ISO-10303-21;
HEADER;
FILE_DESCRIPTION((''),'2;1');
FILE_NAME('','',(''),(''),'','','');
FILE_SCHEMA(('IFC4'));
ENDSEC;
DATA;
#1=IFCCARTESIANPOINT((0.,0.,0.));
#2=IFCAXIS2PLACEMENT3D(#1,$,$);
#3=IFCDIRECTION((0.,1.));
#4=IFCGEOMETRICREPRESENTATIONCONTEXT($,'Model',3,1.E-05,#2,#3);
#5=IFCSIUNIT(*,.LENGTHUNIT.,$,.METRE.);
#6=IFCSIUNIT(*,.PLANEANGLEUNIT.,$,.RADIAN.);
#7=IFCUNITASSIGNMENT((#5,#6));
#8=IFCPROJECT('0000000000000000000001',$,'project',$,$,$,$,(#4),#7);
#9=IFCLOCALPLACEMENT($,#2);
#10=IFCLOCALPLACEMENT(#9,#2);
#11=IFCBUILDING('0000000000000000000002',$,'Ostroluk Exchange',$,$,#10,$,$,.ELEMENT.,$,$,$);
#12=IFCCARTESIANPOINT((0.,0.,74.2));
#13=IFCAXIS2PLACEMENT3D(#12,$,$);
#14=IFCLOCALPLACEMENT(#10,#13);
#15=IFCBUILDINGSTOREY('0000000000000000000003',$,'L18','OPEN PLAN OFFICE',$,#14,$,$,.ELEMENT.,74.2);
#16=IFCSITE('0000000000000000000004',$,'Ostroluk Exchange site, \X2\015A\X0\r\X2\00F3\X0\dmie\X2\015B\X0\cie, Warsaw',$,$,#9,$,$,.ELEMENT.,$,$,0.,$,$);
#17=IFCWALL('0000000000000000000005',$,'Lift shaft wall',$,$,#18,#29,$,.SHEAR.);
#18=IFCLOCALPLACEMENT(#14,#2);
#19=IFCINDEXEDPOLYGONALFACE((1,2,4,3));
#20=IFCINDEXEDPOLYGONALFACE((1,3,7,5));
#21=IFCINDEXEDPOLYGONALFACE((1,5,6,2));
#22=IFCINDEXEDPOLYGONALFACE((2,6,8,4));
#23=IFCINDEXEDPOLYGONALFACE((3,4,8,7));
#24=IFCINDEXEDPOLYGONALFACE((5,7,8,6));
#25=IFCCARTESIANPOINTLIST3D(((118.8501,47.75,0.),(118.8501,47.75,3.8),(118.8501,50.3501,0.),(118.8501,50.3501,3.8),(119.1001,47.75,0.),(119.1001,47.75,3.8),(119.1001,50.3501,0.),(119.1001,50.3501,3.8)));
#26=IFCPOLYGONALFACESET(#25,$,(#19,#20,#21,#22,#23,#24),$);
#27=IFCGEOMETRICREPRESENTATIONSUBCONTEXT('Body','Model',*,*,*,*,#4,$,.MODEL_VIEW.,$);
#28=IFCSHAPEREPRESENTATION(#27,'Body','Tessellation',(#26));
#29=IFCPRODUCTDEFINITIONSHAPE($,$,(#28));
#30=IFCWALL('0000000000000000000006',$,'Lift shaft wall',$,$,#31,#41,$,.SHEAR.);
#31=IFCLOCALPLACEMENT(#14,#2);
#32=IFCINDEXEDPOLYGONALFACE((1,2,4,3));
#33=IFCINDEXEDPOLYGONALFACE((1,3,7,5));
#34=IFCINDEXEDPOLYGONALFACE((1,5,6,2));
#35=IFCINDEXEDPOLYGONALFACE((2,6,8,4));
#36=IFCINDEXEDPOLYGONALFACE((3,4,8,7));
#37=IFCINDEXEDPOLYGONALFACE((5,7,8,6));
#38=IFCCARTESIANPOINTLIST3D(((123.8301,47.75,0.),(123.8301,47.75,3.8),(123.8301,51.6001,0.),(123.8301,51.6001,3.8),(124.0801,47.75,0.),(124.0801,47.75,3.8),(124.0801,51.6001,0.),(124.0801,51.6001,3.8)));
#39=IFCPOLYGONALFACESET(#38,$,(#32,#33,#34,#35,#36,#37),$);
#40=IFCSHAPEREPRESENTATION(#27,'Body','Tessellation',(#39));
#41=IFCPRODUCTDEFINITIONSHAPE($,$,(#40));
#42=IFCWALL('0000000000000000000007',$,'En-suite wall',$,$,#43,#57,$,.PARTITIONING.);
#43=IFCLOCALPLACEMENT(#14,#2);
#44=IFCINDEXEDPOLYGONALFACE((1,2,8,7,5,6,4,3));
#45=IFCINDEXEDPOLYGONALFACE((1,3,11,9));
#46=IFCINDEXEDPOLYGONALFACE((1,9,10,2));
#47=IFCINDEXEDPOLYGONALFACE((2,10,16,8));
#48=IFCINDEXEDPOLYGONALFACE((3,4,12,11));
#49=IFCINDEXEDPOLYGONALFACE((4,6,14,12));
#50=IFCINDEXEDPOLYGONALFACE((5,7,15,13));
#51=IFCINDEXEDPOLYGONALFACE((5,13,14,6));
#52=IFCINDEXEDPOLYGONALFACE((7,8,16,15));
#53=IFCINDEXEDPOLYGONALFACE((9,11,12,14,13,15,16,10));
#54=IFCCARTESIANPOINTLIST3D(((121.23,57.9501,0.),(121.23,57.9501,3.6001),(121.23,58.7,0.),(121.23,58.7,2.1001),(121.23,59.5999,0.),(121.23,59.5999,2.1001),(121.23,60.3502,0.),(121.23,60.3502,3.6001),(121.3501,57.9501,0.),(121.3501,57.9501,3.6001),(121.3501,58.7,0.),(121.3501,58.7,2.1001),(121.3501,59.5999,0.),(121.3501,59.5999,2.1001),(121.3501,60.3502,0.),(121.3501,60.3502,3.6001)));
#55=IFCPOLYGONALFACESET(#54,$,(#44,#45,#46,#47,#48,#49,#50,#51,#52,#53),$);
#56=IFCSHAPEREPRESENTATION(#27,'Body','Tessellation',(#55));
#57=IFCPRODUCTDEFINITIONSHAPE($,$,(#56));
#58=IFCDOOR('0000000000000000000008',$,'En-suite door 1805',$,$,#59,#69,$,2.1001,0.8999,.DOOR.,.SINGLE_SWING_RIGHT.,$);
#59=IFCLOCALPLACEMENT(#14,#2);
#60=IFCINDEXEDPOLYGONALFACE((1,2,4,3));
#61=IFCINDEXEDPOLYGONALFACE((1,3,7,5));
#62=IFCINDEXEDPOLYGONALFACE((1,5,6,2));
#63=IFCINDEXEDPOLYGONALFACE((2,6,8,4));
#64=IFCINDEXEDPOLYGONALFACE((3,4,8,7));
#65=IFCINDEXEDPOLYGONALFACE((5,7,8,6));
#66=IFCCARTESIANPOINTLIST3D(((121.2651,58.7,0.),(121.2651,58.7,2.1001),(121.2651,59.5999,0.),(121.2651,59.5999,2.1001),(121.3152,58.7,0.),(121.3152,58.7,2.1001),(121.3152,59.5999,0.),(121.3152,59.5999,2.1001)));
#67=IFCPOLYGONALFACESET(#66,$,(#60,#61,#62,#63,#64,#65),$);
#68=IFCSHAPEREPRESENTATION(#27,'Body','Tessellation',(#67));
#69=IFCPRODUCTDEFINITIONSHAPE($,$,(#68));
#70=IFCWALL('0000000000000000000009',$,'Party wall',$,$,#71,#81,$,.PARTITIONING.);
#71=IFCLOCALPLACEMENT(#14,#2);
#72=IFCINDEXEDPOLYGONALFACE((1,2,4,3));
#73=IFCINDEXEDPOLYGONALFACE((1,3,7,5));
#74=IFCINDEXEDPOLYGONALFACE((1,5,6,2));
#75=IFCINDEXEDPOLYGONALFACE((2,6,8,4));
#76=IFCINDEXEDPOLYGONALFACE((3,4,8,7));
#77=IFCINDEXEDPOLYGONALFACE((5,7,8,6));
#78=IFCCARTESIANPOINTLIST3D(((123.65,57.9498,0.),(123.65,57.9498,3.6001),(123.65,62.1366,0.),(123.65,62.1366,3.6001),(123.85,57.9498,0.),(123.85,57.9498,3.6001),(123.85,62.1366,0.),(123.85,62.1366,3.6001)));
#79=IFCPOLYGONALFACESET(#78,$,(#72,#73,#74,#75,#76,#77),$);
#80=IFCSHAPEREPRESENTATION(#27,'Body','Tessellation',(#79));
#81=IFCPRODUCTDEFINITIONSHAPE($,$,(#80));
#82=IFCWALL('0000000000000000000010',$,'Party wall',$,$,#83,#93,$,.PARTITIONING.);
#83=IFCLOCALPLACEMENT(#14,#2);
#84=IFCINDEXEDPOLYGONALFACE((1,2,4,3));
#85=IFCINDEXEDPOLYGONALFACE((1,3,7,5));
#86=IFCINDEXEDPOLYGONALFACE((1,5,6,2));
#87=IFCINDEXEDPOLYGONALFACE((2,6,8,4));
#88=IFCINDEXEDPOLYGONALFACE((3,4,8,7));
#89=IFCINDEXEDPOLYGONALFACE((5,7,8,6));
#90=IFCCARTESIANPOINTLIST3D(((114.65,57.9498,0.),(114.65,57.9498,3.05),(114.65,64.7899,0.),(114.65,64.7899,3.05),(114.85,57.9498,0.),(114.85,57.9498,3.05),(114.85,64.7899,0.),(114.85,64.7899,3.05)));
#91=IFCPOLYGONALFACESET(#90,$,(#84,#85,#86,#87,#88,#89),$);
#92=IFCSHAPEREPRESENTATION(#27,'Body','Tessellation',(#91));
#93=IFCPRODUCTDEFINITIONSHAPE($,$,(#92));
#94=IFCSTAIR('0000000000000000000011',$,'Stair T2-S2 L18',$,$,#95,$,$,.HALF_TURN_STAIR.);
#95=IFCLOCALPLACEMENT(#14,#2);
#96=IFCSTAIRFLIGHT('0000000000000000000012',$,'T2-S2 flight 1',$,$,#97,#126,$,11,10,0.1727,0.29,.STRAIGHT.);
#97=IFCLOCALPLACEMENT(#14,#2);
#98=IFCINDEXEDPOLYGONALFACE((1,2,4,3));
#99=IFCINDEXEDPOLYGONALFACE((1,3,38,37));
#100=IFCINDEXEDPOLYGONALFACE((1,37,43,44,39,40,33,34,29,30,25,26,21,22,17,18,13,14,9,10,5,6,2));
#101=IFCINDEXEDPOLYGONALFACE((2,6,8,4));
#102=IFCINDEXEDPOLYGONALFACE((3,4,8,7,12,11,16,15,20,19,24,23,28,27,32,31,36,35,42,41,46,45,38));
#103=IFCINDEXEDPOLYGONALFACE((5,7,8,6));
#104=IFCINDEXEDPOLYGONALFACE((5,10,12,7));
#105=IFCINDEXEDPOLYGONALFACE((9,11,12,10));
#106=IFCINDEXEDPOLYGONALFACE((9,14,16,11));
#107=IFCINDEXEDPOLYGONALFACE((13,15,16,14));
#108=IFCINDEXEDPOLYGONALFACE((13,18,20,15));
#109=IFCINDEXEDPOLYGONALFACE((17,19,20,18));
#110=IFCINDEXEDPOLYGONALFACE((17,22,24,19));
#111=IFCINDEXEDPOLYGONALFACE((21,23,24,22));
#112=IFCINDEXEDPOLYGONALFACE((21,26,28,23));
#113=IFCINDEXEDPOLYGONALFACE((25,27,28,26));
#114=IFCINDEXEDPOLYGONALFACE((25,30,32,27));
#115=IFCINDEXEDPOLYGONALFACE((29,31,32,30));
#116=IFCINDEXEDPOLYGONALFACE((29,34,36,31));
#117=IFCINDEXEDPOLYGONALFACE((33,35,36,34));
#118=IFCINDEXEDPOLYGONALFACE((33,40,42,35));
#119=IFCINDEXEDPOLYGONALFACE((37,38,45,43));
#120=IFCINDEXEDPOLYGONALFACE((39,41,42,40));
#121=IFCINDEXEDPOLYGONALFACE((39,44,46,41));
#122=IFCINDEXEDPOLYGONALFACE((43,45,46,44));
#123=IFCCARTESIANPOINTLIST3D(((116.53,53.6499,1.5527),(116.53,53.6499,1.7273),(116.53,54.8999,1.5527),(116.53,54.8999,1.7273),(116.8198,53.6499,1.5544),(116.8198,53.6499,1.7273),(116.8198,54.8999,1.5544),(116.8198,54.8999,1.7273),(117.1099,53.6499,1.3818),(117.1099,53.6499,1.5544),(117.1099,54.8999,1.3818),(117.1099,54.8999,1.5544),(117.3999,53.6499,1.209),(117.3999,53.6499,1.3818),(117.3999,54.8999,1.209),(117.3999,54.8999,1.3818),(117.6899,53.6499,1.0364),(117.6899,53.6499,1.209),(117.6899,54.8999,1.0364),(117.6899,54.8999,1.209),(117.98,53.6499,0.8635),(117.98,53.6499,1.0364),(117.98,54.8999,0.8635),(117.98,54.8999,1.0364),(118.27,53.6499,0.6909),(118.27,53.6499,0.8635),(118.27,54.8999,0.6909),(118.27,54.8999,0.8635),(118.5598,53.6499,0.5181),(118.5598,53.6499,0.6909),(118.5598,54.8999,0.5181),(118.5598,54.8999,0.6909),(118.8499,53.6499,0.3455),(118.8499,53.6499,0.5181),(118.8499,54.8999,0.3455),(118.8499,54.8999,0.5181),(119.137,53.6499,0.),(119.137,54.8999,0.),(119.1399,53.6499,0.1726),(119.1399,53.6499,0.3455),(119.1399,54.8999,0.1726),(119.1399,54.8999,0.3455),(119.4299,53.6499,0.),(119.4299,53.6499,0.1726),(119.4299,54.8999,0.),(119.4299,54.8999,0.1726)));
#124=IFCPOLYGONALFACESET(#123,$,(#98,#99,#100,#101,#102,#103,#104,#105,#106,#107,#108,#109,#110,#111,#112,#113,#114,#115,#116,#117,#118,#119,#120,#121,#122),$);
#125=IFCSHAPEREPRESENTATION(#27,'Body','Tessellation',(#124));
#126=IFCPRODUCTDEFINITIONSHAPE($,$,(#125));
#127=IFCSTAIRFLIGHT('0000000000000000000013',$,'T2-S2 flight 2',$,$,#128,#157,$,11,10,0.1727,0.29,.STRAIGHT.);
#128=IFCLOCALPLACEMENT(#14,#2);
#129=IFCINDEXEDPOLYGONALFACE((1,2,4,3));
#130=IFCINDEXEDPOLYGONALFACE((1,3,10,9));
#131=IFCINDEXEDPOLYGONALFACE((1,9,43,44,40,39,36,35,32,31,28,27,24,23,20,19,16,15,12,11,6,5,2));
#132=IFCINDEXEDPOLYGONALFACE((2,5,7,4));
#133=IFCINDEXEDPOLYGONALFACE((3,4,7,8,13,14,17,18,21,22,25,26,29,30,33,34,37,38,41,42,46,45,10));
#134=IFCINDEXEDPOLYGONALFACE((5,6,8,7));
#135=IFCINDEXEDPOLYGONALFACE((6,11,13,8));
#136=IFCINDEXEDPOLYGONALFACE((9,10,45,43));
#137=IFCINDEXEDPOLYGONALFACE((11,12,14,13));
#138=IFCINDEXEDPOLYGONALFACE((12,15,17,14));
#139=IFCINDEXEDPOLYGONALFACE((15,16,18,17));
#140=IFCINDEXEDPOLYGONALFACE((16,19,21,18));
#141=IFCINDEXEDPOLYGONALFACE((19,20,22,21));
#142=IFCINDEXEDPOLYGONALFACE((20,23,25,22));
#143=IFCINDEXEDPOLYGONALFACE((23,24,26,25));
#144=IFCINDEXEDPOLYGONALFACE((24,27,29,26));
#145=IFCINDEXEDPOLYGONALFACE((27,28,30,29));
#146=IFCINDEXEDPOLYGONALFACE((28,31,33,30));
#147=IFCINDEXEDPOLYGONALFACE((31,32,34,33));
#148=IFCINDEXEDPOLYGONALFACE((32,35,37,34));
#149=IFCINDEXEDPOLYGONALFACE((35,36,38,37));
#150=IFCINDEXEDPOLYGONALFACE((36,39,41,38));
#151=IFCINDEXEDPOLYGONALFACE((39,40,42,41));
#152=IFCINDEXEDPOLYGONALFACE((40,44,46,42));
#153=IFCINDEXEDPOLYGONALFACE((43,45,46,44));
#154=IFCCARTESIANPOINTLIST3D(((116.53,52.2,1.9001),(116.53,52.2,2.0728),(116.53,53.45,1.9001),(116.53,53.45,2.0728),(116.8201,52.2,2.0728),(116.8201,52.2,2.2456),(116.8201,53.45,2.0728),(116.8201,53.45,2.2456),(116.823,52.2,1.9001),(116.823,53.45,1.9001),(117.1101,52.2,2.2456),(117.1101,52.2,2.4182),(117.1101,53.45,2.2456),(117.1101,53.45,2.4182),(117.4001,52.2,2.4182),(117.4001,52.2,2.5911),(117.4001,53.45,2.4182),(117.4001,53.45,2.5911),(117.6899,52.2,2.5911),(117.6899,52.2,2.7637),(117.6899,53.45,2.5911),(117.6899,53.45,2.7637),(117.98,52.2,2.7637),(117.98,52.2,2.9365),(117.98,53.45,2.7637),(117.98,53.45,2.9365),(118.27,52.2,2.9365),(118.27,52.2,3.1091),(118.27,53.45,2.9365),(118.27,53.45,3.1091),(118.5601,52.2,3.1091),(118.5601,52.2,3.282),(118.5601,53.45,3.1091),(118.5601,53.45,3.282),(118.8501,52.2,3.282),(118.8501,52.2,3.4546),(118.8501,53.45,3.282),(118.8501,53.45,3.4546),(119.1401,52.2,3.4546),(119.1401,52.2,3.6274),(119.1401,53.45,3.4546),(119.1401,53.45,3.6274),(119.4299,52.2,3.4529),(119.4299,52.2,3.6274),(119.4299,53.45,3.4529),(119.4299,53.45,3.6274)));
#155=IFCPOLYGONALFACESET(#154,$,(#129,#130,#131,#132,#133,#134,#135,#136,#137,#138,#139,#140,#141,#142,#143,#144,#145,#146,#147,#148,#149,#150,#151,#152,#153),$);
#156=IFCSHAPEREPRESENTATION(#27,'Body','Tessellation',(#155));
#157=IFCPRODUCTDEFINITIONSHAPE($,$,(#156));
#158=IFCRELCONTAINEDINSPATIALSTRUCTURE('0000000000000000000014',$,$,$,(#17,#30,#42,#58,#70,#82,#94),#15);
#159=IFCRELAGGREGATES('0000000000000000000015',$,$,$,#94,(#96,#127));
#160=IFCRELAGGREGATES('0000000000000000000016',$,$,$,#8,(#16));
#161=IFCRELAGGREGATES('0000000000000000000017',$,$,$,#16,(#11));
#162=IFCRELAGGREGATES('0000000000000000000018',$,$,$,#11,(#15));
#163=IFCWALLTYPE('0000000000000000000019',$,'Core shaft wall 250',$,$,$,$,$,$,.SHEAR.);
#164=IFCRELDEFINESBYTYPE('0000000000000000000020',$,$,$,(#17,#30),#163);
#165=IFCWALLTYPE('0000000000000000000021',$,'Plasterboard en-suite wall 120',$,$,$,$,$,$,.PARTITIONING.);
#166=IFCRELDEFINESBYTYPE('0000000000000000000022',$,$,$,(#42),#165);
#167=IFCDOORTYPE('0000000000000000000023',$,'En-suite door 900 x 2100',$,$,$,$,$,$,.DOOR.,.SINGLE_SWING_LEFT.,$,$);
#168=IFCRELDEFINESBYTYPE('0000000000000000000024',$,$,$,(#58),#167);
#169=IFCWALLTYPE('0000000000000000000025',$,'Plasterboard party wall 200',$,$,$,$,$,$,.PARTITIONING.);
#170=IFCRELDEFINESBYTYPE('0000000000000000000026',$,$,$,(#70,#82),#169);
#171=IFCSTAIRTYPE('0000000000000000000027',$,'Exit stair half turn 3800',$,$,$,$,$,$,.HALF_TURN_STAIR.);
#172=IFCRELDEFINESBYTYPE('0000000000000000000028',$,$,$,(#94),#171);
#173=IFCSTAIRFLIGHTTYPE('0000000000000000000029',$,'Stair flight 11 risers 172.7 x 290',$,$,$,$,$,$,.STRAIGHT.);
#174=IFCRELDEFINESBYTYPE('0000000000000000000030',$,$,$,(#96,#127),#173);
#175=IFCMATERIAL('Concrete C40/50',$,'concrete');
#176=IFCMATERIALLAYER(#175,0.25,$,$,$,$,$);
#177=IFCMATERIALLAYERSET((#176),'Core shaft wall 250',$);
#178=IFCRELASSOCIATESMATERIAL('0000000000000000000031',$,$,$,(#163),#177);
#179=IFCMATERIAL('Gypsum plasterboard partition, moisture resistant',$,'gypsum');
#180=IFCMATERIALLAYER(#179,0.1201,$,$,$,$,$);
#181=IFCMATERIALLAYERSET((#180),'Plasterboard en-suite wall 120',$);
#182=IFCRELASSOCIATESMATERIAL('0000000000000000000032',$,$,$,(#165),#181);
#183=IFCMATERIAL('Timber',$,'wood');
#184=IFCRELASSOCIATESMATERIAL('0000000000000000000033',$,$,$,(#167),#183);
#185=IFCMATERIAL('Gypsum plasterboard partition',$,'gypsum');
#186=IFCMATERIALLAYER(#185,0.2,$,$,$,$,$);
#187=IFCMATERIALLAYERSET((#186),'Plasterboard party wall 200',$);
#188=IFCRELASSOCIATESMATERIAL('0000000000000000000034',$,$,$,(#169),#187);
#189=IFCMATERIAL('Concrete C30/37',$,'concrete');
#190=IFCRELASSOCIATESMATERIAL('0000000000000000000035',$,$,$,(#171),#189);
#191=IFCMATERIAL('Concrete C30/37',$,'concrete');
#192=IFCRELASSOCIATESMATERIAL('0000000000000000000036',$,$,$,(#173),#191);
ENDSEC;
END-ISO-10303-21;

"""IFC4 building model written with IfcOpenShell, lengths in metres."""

from ifc_helpers import new_model, si_unit, direction, frame, frame_2d, origin, place, context, subcontext, project, spatial, polyline, rectangle, outline, extrude, material, layer, layer_set, type_object, element, fill, aggregate, save


model = new_model("IFC4")

# Units and contexts
model_context = context("Model", 3, precision=1e-05, world=origin(), true_north=direction((0.0, 1.0)))
body_context = subcontext(model_context, "Body", "Model", "MODEL_VIEW")
ifc_project = project(units=[si_unit("LENGTHUNIT", "METRE"), si_unit("PLANEANGLEUNIT", "RADIAN")], contexts=[model_context])

# Site, building, storey
site_placement = place(None, origin())
site = spatial("IfcSite", under=ifc_project, at=site_placement, Name="Ostroluk Exchange site, Śródmieście, Warsaw", CompositionType="ELEMENT", RefElevation=0.0)
building_placement = place(site_placement, origin())
building = spatial("IfcBuilding", under=site, at=building_placement, Name="Ostroluk Exchange", CompositionType="ELEMENT")
storey_placement = place(building_placement, frame((0.0, 0.0, 74.2)))
storey = spatial("IfcBuildingStorey", under=building, at=storey_placement, Name="L18", Description="OPEN PLAN OFFICE", CompositionType="ELEMENT", Elevation=74.2)

# Shared definitions
ifc_material_1 = material(Name="Concrete C40/50", Category="concrete")
ifc_layer_1 = layer(ifc_material_1, 0.25)
ifc_layer_set_1 = layer_set([ifc_layer_1], Name="Core shaft wall 250")
wall_type_1 = type_object("IfcWallType", Name="Core shaft wall 250", PredefinedType="SHEAR", material=ifc_layer_set_1)

# Walls
for number, where, z_axis, x_axis, name in (
    (1, (118.9751, 47.75, 0.0), (0.0, 0.0, 1.0), (0.0, 1.0, 0.0), "Lift shaft wall"),
):
    element("IfcWall", number, at=place(storey_placement, frame(where, z_axis=z_axis, x_axis=x_axis)), inside=storey, type_object=wall_type_1, Name=name, PredefinedType="SHEAR", context=body_context, shape_type="SweptSolid", body=[
        extrude(rectangle(XDim=2.6001, YDim=0.25, at=frame_2d((1.3, 0.0))), origin(), (0.0, 0.0, 1.0), 3.8),
    ])
wall_1_placement = place(storey_placement, frame((123.9551, 47.75, 0.0), z_axis=(0.0, 0.0, 1.0), x_axis=(0.0, 1.0, 0.0)))
element("IfcWall", 2, at=wall_1_placement, inside=storey, type_object=wall_type_1, Name="Lift shaft wall", PredefinedType="SHEAR", context=body_context, shape_type="SweptSolid", body=[
    extrude(rectangle(XDim=3.8501, YDim=0.25, at=frame_2d((1.925, 0.0))), origin(), (0.0, 0.0, 1.0), 3.8),
])

# Wall, opening, door
ifc_material_2 = material(Name="Gypsum plasterboard partition, moisture resistant", Category="gypsum")
ifc_layer_2 = layer(ifc_material_2, 0.1201)
ifc_layer_set_2 = layer_set([ifc_layer_2], Name="Plasterboard en-suite wall 120")
wall_type_2 = type_object("IfcWallType", Name="Plasterboard en-suite wall 120", PredefinedType="PARTITIONING", material=ifc_layer_set_2)
wall_2_placement = place(storey_placement, frame((121.29, 57.95, 0.0), z_axis=(0.0, 0.0, 1.0), x_axis=(0.0, 1.0, 0.0)))
wall_2 = element("IfcWall", 3, at=wall_2_placement, inside=storey, type_object=wall_type_2, Name="En-suite wall", PredefinedType="PARTITIONING", context=body_context, shape_type="SweptSolid", body=[
    extrude(rectangle(XDim=2.4001, YDim=0.1201, at=frame_2d((1.2002, 0.0))), origin(), (0.0, 0.0, 1.0), 3.6001),
])
opening_1_placement = place(wall_2_placement, frame((0.75, 0.0, 0.0)))
opening_1 = element("IfcOpeningElement", 4, at=opening_1_placement, cuts=wall_2, PredefinedType="OPENING", context=body_context, shape_type="SweptSolid", body=[
    extrude(rectangle(XDim=0.8999, YDim=2.1001, at=frame_2d((0.45, 1.05))), frame((0.0, 0.0701, 0.0), z_axis=(0.0, -1.0, 0.0), x_axis=(1.0, 0.0, 0.0)), (0.0, 0.0, 1.0), 0.1401),
])
ifc_material_3 = material(Name="Timber", Category="wood")
door_type_1 = type_object("IfcDoorType", Name="En-suite door 900 x 2100", OperationType="SINGLE_SWING_LEFT", PredefinedType="DOOR", material=ifc_material_3)
door_1_placement = place(opening_1_placement, origin())
door_1 = element("IfcDoor", 5, at=door_1_placement, inside=storey, type_object=door_type_1, Name="En-suite door 1805", OperationType="SINGLE_SWING_RIGHT", OverallHeight=2.1001, OverallWidth=0.8999, PredefinedType="DOOR", context=body_context, shape_type="SweptSolid", body=[
    extrude(rectangle(XDim=0.8999, YDim=2.1001, at=frame_2d((0.45, 1.05))), frame((0.0, 0.0249, 0.0), z_axis=(0.0, -1.0, 0.0), x_axis=(1.0, 0.0, 0.0)), (0.0, 0.0, 1.0), 0.05),
])
fill(opening_1, door_1)

# Walls
ifc_material_4 = material(Name="Gypsum plasterboard partition", Category="gypsum")
ifc_layer_3 = layer(ifc_material_4, 0.2)
ifc_layer_set_3 = layer_set([ifc_layer_3], Name="Plasterboard party wall 200")
wall_type_3 = type_object("IfcWallType", Name="Plasterboard party wall 200", PredefinedType="PARTITIONING", material=ifc_layer_set_3)
wall_3_placement = place(storey_placement, frame((123.75, 57.95, 0.0), z_axis=(0.0, 0.0, 1.0), x_axis=(0.0, 1.0, 0.0)))
element("IfcWall", 6, at=wall_3_placement, inside=storey, type_object=wall_type_3, Name="Party wall", PredefinedType="PARTITIONING", context=body_context, shape_type="SweptSolid", body=[
    extrude(rectangle(XDim=4.1868, YDim=0.2, at=frame_2d((2.0933, 0.0))), origin(), (0.0, 0.0, 1.0), 3.6001),
])
wall_4_placement = place(storey_placement, frame((114.75, 57.95, 0.0), z_axis=(0.0, 0.0, 1.0), x_axis=(0.0, 1.0, 0.0)))
element("IfcWall", 7, at=wall_4_placement, inside=storey, type_object=wall_type_3, Name="Party wall", PredefinedType="PARTITIONING", context=body_context, shape_type="SweptSolid", body=[
    extrude(rectangle(XDim=6.8401, YDim=0.2, at=frame_2d((3.4199, 0.0))), origin(), (0.0, 0.0, 1.0), 3.05),
])

# Stair, stair flights
ifc_material_5 = material(Name="Concrete C30/37", Category="concrete")
stair_type = type_object("IfcStairType", Name="Exit stair half turn 3800", PredefinedType="HALF_TURN_STAIR", material=ifc_material_5)
stair_placement = place(storey_placement, origin())
stair = element("IfcStair", 8, at=stair_placement, inside=storey, type_object=stair_type, Name="Stair T2-S2 L18", PredefinedType="HALF_TURN_STAIR")
ifc_material_6 = material(Name="Concrete C30/37", Category="concrete")
stair_flight_type = type_object("IfcStairFlightType", Name="Stair flight 11 risers 172.7 x 290", PredefinedType="STRAIGHT", material=ifc_material_6)
stair_flight_1_placement = place(storey_placement, frame((119.4299, 54.2749, 0.0), z_axis=(0.0, 0.0, 1.0), x_axis=(-1.0, 0.0, 0.0)))
stair_flight_1 = element("IfcStairFlight", 9, at=stair_flight_1_placement, type_object=stair_flight_type, Name="T2-S2 flight 1", NumberOfRisers=11, NumberOfTreads=10, PredefinedType="STRAIGHT", RiserHeight=0.1727, TreadLength=0.29, context=body_context, shape_type="SweptSolid", body=[
    extrude(outline(polyline([(0.0, 0.0), (0.0, 0.1726), (0.29, 0.1726), (0.29, 0.3455), (0.5801, 0.3455), (0.5801, 0.5181), (0.8701, 0.5181), (0.8701, 0.6909), (1.1599, 0.6909), (1.1599, 0.8635), (1.45, 0.8635), (1.45, 1.0364), (1.74, 1.0364), (1.74, 1.209), (2.03, 1.209), (2.03, 1.3818), (2.3201, 1.3818), (2.3201, 1.5544), (2.6101, 1.5544), (2.6101, 1.7273), (2.8999, 1.7273), (2.8999, 1.8999), (2.8999, 1.5527), (0.293, 0.0), (0.0, 0.0)])), frame((0.0, 0.625, 0.0), z_axis=(0.0, -1.0, 0.0), x_axis=(1.0, 0.0, 0.0)), (0.0, 0.0, 1.0), 1.25),
])
stair_flight_2_placement = place(storey_placement, frame((116.53, 52.825, 1.9001), z_axis=(0.0, 0.0, 1.0), x_axis=(1.0, 0.0, 0.0)))
stair_flight_2 = element("IfcStairFlight", 10, at=stair_flight_2_placement, type_object=stair_flight_type, Name="T2-S2 flight 2", NumberOfRisers=11, NumberOfTreads=10, PredefinedType="STRAIGHT", RiserHeight=0.1727, TreadLength=0.29, context=body_context, shape_type="SweptSolid", body=[
    extrude(outline(polyline([(0.0, 0.0), (0.0, 0.1726), (0.29, 0.1726), (0.29, 0.3455), (0.5801, 0.3455), (0.5801, 0.5181), (0.8701, 0.5181), (0.8701, 0.6909), (1.1599, 0.6909), (1.1599, 0.8635), (1.45, 0.8635), (1.45, 1.0364), (1.74, 1.0364), (1.74, 1.209), (2.03, 1.209), (2.03, 1.3818), (2.3201, 1.3818), (2.3201, 1.5544), (2.6101, 1.5544), (2.6101, 1.7273), (2.8999, 1.7273), (2.8999, 1.8999), (2.8999, 1.5527), (0.293, 0.0), (0.0, 0.0)])), frame((0.0, 0.625, 0.0), z_axis=(0.0, -1.0, 0.0), x_axis=(1.0, 0.0, 0.0)), (0.0, 0.0, 1.0), 1.25),
])
aggregate(stair, [stair_flight_1, stair_flight_2])

save(model, "model.ifc")
